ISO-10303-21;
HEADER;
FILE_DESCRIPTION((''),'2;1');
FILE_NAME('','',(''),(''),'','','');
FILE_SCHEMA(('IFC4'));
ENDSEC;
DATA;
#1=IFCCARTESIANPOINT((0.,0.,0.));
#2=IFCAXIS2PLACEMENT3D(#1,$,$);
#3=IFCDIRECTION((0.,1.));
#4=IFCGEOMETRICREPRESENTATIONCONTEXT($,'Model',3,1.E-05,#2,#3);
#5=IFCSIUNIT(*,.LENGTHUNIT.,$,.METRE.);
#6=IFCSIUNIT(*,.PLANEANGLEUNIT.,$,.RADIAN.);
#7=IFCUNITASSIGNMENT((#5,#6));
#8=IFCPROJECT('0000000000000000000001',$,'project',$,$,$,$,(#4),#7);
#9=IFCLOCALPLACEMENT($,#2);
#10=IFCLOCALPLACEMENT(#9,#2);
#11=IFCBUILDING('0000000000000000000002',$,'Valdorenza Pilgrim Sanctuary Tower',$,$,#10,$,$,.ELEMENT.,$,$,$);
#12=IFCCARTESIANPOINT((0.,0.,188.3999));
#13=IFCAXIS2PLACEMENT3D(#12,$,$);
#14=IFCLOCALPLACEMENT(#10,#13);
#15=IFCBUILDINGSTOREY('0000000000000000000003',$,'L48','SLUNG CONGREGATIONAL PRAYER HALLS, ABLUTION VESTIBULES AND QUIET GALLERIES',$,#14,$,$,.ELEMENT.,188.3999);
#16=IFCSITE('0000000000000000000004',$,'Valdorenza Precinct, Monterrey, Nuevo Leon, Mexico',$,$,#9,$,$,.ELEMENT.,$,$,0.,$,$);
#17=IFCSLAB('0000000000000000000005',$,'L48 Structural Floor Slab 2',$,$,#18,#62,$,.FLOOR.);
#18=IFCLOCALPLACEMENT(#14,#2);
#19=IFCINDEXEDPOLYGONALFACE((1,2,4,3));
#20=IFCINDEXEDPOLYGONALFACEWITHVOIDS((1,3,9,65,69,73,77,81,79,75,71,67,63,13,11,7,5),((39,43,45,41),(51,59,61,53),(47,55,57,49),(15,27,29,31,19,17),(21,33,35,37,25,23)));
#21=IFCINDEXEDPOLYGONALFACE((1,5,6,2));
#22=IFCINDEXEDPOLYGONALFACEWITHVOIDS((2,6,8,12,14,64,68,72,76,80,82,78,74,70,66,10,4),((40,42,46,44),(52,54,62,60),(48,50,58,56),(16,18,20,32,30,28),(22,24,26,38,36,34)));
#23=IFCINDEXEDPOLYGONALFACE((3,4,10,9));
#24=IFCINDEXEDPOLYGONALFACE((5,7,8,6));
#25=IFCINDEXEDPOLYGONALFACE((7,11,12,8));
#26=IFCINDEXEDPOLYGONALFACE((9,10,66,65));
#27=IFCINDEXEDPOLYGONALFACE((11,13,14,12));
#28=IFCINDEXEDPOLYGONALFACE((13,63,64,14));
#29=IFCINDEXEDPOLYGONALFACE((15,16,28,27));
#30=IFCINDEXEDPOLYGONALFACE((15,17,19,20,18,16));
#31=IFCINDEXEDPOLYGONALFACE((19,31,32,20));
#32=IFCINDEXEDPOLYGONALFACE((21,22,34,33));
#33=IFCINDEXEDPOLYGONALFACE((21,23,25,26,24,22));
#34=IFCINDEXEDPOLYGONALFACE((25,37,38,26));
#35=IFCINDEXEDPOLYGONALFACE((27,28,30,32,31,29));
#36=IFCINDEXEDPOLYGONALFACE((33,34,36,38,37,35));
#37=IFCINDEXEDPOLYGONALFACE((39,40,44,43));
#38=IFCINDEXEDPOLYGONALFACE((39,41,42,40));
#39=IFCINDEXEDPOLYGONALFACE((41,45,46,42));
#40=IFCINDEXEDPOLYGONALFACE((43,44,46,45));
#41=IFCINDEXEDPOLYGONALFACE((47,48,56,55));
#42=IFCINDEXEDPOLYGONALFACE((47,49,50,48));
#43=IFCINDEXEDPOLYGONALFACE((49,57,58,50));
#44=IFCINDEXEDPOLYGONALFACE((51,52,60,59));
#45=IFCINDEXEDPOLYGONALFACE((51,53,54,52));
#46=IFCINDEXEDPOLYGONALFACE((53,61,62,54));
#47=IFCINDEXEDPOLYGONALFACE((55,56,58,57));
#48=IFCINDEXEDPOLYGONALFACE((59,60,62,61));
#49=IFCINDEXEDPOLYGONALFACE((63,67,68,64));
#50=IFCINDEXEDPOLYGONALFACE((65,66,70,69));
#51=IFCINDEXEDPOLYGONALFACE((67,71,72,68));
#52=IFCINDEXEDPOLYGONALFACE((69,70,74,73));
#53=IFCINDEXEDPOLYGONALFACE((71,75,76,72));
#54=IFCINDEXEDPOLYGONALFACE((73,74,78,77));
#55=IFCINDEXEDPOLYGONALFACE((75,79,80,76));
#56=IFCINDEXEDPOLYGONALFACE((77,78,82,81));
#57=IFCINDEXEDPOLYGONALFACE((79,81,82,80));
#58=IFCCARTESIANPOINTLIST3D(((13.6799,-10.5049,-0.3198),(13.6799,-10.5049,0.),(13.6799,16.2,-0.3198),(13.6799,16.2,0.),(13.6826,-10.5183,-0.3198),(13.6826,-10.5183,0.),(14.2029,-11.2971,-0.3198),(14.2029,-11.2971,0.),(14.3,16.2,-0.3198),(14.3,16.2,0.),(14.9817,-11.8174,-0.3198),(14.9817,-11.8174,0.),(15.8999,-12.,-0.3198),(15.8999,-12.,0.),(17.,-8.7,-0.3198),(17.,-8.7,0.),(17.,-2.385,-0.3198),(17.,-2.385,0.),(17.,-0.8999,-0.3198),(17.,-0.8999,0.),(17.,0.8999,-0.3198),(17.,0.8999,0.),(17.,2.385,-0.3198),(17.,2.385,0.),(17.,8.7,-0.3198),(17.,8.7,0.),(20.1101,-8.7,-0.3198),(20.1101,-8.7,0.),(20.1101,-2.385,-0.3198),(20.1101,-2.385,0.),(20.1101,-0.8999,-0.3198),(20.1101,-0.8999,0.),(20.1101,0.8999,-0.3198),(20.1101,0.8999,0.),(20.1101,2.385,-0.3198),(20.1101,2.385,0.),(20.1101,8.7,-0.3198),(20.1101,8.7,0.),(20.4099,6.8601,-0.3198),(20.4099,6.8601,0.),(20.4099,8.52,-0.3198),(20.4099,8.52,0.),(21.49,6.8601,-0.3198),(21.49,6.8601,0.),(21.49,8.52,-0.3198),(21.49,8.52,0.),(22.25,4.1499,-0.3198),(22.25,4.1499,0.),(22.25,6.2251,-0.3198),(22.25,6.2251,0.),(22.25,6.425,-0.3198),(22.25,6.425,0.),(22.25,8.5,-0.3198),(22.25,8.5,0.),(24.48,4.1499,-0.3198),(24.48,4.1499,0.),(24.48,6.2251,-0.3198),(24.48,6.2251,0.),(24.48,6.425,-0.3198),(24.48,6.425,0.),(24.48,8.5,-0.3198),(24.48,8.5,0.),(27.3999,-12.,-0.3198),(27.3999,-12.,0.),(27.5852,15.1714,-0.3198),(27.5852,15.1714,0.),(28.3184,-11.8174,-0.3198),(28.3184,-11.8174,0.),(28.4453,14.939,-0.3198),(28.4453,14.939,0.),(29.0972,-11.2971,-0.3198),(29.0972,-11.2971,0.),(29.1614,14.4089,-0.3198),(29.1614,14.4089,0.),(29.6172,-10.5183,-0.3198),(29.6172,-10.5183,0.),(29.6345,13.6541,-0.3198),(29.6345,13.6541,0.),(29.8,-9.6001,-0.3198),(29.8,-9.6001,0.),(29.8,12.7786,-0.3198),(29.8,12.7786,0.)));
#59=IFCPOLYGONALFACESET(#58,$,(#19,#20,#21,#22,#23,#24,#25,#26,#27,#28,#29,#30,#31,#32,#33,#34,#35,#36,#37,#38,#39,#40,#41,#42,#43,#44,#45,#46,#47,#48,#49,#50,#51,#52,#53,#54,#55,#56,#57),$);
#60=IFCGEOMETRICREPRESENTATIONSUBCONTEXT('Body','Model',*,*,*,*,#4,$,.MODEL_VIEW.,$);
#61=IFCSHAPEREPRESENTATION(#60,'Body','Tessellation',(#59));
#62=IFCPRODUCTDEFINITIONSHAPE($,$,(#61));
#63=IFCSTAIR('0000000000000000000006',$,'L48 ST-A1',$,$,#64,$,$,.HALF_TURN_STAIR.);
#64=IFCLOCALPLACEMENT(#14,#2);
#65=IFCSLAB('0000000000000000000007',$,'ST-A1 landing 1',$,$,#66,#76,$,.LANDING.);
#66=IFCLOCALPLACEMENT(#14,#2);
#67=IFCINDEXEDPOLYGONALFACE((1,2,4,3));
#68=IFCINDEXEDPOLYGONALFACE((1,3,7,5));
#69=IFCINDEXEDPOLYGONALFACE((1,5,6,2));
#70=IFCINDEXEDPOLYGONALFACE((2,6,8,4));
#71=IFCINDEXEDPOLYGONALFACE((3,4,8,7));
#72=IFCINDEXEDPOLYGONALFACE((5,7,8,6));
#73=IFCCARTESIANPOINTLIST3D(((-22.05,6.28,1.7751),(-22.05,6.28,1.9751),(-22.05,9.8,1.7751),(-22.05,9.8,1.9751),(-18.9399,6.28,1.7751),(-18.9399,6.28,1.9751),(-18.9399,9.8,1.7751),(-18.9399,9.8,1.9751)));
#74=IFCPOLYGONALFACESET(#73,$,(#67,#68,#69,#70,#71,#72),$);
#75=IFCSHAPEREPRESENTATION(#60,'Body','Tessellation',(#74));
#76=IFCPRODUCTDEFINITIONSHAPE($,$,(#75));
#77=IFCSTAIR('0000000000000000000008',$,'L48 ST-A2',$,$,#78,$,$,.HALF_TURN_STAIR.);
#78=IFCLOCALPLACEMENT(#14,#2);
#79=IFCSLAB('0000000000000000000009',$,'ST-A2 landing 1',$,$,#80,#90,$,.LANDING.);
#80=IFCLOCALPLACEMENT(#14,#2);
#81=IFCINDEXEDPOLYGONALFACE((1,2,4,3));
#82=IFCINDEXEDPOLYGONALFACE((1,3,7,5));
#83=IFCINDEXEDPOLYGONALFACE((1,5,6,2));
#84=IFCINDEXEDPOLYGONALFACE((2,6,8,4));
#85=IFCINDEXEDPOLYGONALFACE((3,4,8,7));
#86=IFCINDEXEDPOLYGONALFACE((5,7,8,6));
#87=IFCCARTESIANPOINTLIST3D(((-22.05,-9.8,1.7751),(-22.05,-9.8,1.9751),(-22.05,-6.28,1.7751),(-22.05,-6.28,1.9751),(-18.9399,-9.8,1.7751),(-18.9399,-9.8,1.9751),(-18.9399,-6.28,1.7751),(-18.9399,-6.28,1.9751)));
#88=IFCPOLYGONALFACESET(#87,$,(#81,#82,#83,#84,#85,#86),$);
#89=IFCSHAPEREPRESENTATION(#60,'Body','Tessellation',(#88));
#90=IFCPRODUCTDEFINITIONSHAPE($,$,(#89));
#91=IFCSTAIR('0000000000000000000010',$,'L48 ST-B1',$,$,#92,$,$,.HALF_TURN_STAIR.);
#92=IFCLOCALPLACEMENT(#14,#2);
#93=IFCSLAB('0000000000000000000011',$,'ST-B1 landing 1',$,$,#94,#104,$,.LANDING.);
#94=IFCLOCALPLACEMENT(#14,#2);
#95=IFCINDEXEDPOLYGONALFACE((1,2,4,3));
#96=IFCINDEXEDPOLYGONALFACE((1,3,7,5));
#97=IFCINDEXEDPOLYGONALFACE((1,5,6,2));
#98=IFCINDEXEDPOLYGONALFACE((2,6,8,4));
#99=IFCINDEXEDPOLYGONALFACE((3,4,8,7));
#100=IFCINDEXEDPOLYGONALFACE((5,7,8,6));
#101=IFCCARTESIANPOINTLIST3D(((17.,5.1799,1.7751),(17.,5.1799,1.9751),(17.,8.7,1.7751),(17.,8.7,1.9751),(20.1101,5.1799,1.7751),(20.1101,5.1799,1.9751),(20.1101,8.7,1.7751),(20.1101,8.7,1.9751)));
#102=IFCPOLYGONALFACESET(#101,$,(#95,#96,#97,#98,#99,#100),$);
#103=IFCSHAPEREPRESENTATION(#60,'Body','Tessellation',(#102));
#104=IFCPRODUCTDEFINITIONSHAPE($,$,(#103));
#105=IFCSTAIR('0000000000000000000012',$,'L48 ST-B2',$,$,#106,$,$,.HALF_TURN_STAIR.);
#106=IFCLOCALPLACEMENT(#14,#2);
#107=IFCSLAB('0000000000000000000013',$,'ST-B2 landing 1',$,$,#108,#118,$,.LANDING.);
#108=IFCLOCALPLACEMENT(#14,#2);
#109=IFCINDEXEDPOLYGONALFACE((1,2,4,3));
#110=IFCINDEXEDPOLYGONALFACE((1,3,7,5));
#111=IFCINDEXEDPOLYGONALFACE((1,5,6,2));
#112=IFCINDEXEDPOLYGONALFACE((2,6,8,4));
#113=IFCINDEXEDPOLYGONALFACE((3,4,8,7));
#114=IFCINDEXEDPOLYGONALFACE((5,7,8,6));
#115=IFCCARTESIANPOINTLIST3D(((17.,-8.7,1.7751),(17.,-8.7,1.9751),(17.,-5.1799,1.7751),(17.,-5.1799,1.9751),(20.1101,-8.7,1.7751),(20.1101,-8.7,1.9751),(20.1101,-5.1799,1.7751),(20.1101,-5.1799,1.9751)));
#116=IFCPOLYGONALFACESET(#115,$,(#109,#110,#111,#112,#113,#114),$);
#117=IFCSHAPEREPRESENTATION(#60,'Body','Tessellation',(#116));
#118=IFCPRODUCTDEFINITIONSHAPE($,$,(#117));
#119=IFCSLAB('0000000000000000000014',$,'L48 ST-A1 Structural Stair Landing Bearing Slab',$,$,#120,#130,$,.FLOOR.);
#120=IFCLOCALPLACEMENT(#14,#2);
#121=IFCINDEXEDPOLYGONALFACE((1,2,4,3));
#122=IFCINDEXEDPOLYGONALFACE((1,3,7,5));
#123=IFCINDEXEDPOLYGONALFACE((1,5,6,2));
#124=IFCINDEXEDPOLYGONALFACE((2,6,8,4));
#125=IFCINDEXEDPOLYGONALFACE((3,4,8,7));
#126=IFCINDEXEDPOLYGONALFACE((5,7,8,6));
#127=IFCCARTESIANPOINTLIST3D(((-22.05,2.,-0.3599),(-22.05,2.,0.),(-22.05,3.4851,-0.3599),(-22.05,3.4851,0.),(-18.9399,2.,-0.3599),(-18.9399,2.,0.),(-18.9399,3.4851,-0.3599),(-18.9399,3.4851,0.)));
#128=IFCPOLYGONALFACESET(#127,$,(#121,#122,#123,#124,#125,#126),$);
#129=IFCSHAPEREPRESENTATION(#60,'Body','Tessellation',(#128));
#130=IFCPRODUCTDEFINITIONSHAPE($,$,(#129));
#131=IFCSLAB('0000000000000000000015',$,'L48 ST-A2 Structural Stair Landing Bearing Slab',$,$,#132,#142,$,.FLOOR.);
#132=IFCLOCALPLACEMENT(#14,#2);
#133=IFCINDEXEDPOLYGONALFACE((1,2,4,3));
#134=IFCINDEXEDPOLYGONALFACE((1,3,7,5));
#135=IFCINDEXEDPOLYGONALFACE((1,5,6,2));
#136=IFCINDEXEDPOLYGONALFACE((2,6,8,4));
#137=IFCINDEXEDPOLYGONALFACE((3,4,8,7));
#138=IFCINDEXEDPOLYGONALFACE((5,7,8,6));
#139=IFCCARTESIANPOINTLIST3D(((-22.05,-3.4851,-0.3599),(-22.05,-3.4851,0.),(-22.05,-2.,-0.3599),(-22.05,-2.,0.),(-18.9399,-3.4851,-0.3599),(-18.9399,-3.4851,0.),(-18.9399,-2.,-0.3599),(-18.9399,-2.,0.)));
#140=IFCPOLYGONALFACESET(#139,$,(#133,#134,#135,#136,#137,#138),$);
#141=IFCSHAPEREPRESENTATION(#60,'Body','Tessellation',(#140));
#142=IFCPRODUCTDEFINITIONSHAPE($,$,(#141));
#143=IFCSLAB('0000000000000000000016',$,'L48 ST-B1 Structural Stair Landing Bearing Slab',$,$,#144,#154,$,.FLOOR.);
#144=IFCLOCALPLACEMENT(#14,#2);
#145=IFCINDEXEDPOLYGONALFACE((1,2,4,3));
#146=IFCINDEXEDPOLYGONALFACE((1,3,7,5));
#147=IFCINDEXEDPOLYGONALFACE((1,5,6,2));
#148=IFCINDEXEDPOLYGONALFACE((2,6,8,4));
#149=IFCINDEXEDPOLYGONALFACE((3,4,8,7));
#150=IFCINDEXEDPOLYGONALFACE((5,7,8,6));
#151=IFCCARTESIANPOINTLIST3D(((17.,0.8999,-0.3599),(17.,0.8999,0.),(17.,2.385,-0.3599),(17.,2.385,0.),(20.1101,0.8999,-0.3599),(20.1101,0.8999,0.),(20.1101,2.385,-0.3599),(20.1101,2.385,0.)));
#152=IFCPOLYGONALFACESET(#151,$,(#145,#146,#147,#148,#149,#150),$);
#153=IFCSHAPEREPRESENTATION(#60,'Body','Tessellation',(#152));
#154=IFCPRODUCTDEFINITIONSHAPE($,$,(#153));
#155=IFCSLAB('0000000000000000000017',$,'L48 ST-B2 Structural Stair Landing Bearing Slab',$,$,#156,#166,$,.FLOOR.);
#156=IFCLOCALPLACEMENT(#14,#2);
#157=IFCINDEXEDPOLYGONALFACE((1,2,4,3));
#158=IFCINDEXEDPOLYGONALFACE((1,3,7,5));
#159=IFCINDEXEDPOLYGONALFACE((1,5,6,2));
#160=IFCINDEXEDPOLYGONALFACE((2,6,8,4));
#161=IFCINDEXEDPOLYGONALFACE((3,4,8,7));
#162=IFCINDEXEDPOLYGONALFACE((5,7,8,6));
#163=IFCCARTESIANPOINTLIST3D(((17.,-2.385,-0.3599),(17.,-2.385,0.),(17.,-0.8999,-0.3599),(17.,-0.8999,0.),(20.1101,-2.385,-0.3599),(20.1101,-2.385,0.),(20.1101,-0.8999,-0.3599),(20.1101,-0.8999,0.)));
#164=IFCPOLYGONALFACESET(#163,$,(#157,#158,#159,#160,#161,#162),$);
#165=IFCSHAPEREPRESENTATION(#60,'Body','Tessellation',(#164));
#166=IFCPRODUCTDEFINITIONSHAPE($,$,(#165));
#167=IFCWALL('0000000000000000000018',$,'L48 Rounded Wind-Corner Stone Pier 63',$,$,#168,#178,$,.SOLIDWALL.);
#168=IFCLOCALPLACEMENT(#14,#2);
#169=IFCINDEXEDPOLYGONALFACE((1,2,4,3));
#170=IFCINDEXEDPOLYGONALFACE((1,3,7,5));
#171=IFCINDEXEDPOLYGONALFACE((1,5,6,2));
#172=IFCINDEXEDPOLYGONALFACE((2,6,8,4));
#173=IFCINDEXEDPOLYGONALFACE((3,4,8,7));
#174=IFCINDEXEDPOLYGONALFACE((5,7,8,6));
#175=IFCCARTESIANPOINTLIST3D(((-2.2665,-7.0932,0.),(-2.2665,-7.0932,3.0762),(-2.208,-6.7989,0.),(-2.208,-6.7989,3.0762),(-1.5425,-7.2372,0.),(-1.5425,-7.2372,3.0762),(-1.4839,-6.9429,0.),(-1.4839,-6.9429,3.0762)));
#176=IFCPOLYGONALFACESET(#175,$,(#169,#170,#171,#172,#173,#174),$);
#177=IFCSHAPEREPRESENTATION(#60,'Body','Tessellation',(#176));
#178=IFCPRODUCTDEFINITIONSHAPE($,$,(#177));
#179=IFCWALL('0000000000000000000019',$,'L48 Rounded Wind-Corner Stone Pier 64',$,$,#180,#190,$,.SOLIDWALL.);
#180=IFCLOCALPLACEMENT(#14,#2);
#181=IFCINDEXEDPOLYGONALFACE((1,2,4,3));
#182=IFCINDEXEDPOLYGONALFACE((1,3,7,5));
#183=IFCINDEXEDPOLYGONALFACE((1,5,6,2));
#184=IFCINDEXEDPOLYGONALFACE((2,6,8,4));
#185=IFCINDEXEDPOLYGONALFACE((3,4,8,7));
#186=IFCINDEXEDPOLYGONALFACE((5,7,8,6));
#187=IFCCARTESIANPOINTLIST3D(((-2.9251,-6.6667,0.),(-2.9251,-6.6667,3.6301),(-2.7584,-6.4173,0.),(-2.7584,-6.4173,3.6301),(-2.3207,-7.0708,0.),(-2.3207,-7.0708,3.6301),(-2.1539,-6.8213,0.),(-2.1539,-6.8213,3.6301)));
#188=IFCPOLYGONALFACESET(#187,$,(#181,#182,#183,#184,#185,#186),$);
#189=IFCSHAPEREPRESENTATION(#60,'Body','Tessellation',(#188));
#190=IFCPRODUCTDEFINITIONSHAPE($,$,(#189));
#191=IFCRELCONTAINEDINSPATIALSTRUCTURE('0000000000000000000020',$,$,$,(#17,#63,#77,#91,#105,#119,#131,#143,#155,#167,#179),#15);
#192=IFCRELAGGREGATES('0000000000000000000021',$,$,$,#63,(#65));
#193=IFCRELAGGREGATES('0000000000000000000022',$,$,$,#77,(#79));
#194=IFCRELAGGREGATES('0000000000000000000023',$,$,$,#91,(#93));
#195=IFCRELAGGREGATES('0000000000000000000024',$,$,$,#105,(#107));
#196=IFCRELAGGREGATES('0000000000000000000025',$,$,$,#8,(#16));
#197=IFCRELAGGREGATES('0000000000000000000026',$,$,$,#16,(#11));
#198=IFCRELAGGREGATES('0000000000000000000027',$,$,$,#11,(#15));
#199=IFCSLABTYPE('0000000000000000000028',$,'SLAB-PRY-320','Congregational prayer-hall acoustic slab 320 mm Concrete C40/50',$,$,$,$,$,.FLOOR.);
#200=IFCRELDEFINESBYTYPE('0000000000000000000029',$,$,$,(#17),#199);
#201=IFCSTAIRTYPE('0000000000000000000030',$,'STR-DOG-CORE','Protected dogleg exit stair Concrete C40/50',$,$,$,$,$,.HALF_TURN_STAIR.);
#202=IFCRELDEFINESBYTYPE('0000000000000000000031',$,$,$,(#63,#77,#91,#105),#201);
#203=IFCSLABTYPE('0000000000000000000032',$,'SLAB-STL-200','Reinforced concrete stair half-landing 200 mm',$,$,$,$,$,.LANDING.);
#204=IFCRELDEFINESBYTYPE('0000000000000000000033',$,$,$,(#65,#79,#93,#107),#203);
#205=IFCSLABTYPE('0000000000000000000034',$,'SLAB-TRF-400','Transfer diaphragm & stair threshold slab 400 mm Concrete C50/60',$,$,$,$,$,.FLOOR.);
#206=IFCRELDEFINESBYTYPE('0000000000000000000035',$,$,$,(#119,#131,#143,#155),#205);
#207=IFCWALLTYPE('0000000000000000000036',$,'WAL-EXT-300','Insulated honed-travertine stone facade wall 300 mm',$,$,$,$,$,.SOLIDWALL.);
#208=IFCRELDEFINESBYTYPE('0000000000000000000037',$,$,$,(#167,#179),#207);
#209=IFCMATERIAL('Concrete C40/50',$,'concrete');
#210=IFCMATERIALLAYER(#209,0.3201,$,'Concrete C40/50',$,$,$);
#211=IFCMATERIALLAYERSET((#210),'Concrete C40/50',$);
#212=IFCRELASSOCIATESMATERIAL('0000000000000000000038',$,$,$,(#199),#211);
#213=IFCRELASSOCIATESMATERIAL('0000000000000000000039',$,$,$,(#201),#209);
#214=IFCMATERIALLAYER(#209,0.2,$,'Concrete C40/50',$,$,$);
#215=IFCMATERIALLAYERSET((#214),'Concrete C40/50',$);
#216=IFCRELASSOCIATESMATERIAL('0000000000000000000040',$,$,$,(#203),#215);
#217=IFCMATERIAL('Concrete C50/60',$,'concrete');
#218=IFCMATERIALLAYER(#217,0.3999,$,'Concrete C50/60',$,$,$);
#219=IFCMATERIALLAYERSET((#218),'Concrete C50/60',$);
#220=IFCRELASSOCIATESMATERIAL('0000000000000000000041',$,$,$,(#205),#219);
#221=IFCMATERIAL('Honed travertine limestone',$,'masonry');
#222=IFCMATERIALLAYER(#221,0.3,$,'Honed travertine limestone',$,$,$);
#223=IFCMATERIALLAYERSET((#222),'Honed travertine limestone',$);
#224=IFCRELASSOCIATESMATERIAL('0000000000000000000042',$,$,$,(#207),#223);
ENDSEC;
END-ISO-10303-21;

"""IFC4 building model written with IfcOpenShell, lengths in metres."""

from ifc_helpers import new_model, si_unit, direction, frame, frame_2d, origin, place, context, subcontext, project, spatial, polyline, rectangle, outline, extrude, material, layer, layer_set, type_object, element, aggregate, save


model = new_model("IFC4")

# Units and contexts
model_context = context("Model", 3, precision=1e-05, world=origin(), true_north=direction((0.0, 1.0)))
body_context = subcontext(model_context, "Body", "Model", "MODEL_VIEW")
ifc_project = project(units=[si_unit("LENGTHUNIT", "METRE"), si_unit("PLANEANGLEUNIT", "RADIAN")], contexts=[model_context])

# Site, building, storey
site_placement = place(None, origin())
site = spatial("IfcSite", under=ifc_project, at=site_placement, Name="Valdorenza Precinct, Monterrey, Nuevo Leon, Mexico", CompositionType="ELEMENT", RefElevation=0.0)
building_placement = place(site_placement, origin())
building = spatial("IfcBuilding", under=site, at=building_placement, Name="Valdorenza Pilgrim Sanctuary Tower", CompositionType="ELEMENT")
storey_placement = place(building_placement, frame((0.0, 0.0, 188.3999)))
storey = spatial("IfcBuildingStorey", under=building, at=storey_placement, Name="L48", Description="SLUNG CONGREGATIONAL PRAYER HALLS, ABLUTION VESTIBULES AND QUIET GALLERIES", CompositionType="ELEMENT", Elevation=188.3999)

# Slab
ifc_material_1 = material(Name="Concrete C40/50", Category="concrete")
ifc_layer_1 = layer(ifc_material_1, 0.3201, Name="Concrete C40/50")
ifc_layer_set_1 = layer_set([ifc_layer_1], Name="Concrete C40/50")
slab_type_1 = type_object("IfcSlabType", Name="SLAB-PRY-320", Description="Congregational prayer-hall acoustic slab 320 mm Concrete C40/50", PredefinedType="FLOOR", material=ifc_layer_set_1)
slab_1_placement = place(storey_placement, frame((0.0, 0.0, -0.3198)))
element("IfcSlab", 1, at=slab_1_placement, inside=storey, type_object=slab_type_1, Name="L48 Structural Floor Slab 2", PredefinedType="FLOOR", context=body_context, shape_type="SweptSolid", body=[
    extrude(outline(polyline([(27.5852, 15.1714), (28.4453, 14.939), (29.1614, 14.4089), (29.6345, 13.6541), (29.8, 12.7786), (29.8, -9.6001), (29.6172, -10.5183), (29.0972, -11.2971), (28.3184, -11.8174), (27.3999, -12.0), (15.8999, -12.0), (14.9817, -11.8174), (14.2029, -11.2971), (13.6826, -10.5183), (13.6799, -10.5049), (13.6799, 16.2), (14.3, 16.2), (27.5852, 15.1714)]), holes=[polyline([(17.0, -8.7), (20.1101, -8.7), (20.1101, -2.385), (20.1101, -0.8999), (17.0, -0.8999), (17.0, -2.385), (17.0, -8.7)]), polyline([(17.0, 0.8999), (20.1101, 0.8999), (20.1101, 2.385), (20.1101, 8.7), (17.0, 8.7), (17.0, 2.385), (17.0, 0.8999)]), polyline([(22.25, 4.1499), (24.48, 4.1499), (24.48, 6.2251), (22.25, 6.2251), (22.25, 4.1499)]), polyline([(22.25, 6.425), (24.48, 6.425), (24.48, 8.5), (22.25, 8.5), (22.25, 6.425)]), polyline([(20.4099, 6.8601), (21.49, 6.8601), (21.49, 8.52), (20.4099, 8.52), (20.4099, 6.8601)])]), origin(), (0.0, 0.0, 1.0), 0.3198),
])

# Stairs, slabs
stair_type = type_object("IfcStairType", Name="STR-DOG-CORE", Description="Protected dogleg exit stair Concrete C40/50", PredefinedType="HALF_TURN_STAIR", material=ifc_material_1)
stair_1_placement = place(storey_placement, origin())
stair_1 = element("IfcStair", 2, at=stair_1_placement, inside=storey, type_object=stair_type, Name="L48 ST-A1", PredefinedType="HALF_TURN_STAIR")
ifc_layer_2 = layer(ifc_material_1, 0.2, Name="Concrete C40/50")
ifc_layer_set_2 = layer_set([ifc_layer_2], Name="Concrete C40/50")
slab_type_2 = type_object("IfcSlabType", Name="SLAB-STL-200", Description="Reinforced concrete stair half-landing 200 mm", PredefinedType="LANDING", material=ifc_layer_set_2)
slab_2_placement = place(storey_placement, frame((0.0, 0.0, 1.7751)))
slab_2 = element("IfcSlab", 3, at=slab_2_placement, type_object=slab_type_2, Name="ST-A1 landing 1", PredefinedType="LANDING", context=body_context, shape_type="SweptSolid", body=[
    extrude(outline(polyline([(-18.9399, 6.28), (-18.9399, 9.8), (-22.05, 9.8), (-22.05, 6.28), (-18.9399, 6.28)])), origin(), (0.0, 0.0, 1.0), 0.2),
])
aggregate(stair_1, [slab_2])
stair_2_placement = place(storey_placement, origin())
stair_2 = element("IfcStair", 4, at=stair_2_placement, inside=storey, type_object=stair_type, Name="L48 ST-A2", PredefinedType="HALF_TURN_STAIR")
slab_3_placement = place(storey_placement, frame((0.0, 0.0, 1.7751)))
slab_3 = element("IfcSlab", 5, at=slab_3_placement, type_object=slab_type_2, Name="ST-A2 landing 1", PredefinedType="LANDING", context=body_context, shape_type="SweptSolid", body=[
    extrude(outline(polyline([(-22.05, -6.28), (-22.05, -9.8), (-18.9399, -9.8), (-18.9399, -6.28), (-22.05, -6.28)])), origin(), (0.0, 0.0, 1.0), 0.2),
])
aggregate(stair_2, [slab_3])
stair_3_placement = place(storey_placement, origin())
stair_3 = element("IfcStair", 6, at=stair_3_placement, inside=storey, type_object=stair_type, Name="L48 ST-B1", PredefinedType="HALF_TURN_STAIR")
slab_4_placement = place(storey_placement, frame((0.0, 0.0, 1.7751)))
slab_4 = element("IfcSlab", 7, at=slab_4_placement, type_object=slab_type_2, Name="ST-B1 landing 1", PredefinedType="LANDING", context=body_context, shape_type="SweptSolid", body=[
    extrude(outline(polyline([(20.1101, 5.1799), (20.1101, 8.7), (17.0, 8.7), (17.0, 5.1799), (20.1101, 5.1799)])), origin(), (0.0, 0.0, 1.0), 0.2),
])
aggregate(stair_3, [slab_4])
stair_4_placement = place(storey_placement, origin())
stair_4 = element("IfcStair", 8, at=stair_4_placement, inside=storey, type_object=stair_type, Name="L48 ST-B2", PredefinedType="HALF_TURN_STAIR")
slab_5_placement = place(storey_placement, frame((0.0, 0.0, 1.7751)))
slab_5 = element("IfcSlab", 9, at=slab_5_placement, type_object=slab_type_2, Name="ST-B2 landing 1", PredefinedType="LANDING", context=body_context, shape_type="SweptSolid", body=[
    extrude(outline(polyline([(17.0, -5.1799), (17.0, -8.7), (20.1101, -8.7), (20.1101, -5.1799), (17.0, -5.1799)])), origin(), (0.0, 0.0, 1.0), 0.2),
])
aggregate(stair_4, [slab_5])

# Slabs
ifc_material_2 = material(Name="Concrete C50/60", Category="concrete")
ifc_layer_3 = layer(ifc_material_2, 0.3999, Name="Concrete C50/60")
ifc_layer_set_3 = layer_set([ifc_layer_3], Name="Concrete C50/60")
slab_type_3 = type_object("IfcSlabType", Name="SLAB-TRF-400", Description="Transfer diaphragm & stair threshold slab 400 mm Concrete C50/60", PredefinedType="FLOOR", material=ifc_layer_set_3)
slab_6_placement = place(storey_placement, frame((0.0, 0.0, -0.3599)))
element("IfcSlab", 10, at=slab_6_placement, inside=storey, type_object=slab_type_3, Name="L48 ST-A1 Structural Stair Landing Bearing Slab", PredefinedType="FLOOR", context=body_context, shape_type="SweptSolid", body=[
    extrude(outline(polyline([(-22.05, 2.0), (-18.9399, 2.0), (-18.9399, 3.4851), (-22.05, 3.4851), (-22.05, 2.0)])), origin(), (0.0, 0.0, 1.0), 0.3599),
])
slab_7_placement = place(storey_placement, frame((0.0, 0.0, -0.3599)))
element("IfcSlab", 11, at=slab_7_placement, inside=storey, type_object=slab_type_3, Name="L48 ST-A2 Structural Stair Landing Bearing Slab", PredefinedType="FLOOR", context=body_context, shape_type="SweptSolid", body=[
    extrude(outline(polyline([(-22.05, -3.4851), (-18.9399, -3.4851), (-18.9399, -2.0), (-22.05, -2.0), (-22.05, -3.4851)])), origin(), (0.0, 0.0, 1.0), 0.3599),
])
slab_8_placement = place(storey_placement, frame((0.0, 0.0, -0.3599)))
element("IfcSlab", 12, at=slab_8_placement, inside=storey, type_object=slab_type_3, Name="L48 ST-B1 Structural Stair Landing Bearing Slab", PredefinedType="FLOOR", context=body_context, shape_type="SweptSolid", body=[
    extrude(outline(polyline([(17.0, 0.8999), (20.1101, 0.8999), (20.1101, 2.385), (17.0, 2.385), (17.0, 0.8999)])), origin(), (0.0, 0.0, 1.0), 0.3599),
])
slab_9_placement = place(storey_placement, frame((0.0, 0.0, -0.3599)))
element("IfcSlab", 13, at=slab_9_placement, inside=storey, type_object=slab_type_3, Name="L48 ST-B2 Structural Stair Landing Bearing Slab", PredefinedType="FLOOR", context=body_context, shape_type="SweptSolid", body=[
    extrude(outline(polyline([(17.0, -2.385), (20.1101, -2.385), (20.1101, -0.8999), (17.0, -0.8999), (17.0, -2.385)])), origin(), (0.0, 0.0, 1.0), 0.3599),
])

# Walls
ifc_material_3 = material(Name="Honed travertine limestone", Category="masonry")
ifc_layer_4 = layer(ifc_material_3, 0.3, Name="Honed travertine limestone")
ifc_layer_set_4 = layer_set([ifc_layer_4], Name="Honed travertine limestone")
wall_type = type_object("IfcWallType", Name="WAL-EXT-300", Description="Insulated honed-travertine stone facade wall 300 mm", PredefinedType="SOLIDWALL", material=ifc_layer_set_4)
wall_1_placement = place(storey_placement, frame((-1.5132, -7.0901, 0.0), z_axis=(0.0, 0.0, 1.0), x_axis=(-0.980784, 0.195099, 0.0)))
element("IfcWall", 14, at=wall_1_placement, inside=storey, type_object=wall_type, Name="L48 Rounded Wind-Corner Stone Pier 63", PredefinedType="SOLIDWALL", context=body_context, shape_type="SweptSolid", body=[
    extrude(rectangle(XDim=0.7383, YDim=0.3, at=frame_2d((0.3691, 0.0))), origin(), (0.0, 0.0, 1.0), 3.0762),
])
wall_2_placement = place(storey_placement, frame((-2.2373, -6.946, 0.0), z_axis=(0.0, 0.0, 1.0), x_axis=(-0.831378, 0.555707, 0.0)))
element("IfcWall", 15, at=wall_2_placement, inside=storey, type_object=wall_type, Name="L48 Rounded Wind-Corner Stone Pier 64", PredefinedType="SOLIDWALL", context=body_context, shape_type="SweptSolid", body=[
    extrude(rectangle(XDim=0.7271, YDim=0.3, at=frame_2d((0.3635, 0.0))), origin(), (0.0, 0.0, 1.0), 3.6301),
])

save(model, "model.ifc")
